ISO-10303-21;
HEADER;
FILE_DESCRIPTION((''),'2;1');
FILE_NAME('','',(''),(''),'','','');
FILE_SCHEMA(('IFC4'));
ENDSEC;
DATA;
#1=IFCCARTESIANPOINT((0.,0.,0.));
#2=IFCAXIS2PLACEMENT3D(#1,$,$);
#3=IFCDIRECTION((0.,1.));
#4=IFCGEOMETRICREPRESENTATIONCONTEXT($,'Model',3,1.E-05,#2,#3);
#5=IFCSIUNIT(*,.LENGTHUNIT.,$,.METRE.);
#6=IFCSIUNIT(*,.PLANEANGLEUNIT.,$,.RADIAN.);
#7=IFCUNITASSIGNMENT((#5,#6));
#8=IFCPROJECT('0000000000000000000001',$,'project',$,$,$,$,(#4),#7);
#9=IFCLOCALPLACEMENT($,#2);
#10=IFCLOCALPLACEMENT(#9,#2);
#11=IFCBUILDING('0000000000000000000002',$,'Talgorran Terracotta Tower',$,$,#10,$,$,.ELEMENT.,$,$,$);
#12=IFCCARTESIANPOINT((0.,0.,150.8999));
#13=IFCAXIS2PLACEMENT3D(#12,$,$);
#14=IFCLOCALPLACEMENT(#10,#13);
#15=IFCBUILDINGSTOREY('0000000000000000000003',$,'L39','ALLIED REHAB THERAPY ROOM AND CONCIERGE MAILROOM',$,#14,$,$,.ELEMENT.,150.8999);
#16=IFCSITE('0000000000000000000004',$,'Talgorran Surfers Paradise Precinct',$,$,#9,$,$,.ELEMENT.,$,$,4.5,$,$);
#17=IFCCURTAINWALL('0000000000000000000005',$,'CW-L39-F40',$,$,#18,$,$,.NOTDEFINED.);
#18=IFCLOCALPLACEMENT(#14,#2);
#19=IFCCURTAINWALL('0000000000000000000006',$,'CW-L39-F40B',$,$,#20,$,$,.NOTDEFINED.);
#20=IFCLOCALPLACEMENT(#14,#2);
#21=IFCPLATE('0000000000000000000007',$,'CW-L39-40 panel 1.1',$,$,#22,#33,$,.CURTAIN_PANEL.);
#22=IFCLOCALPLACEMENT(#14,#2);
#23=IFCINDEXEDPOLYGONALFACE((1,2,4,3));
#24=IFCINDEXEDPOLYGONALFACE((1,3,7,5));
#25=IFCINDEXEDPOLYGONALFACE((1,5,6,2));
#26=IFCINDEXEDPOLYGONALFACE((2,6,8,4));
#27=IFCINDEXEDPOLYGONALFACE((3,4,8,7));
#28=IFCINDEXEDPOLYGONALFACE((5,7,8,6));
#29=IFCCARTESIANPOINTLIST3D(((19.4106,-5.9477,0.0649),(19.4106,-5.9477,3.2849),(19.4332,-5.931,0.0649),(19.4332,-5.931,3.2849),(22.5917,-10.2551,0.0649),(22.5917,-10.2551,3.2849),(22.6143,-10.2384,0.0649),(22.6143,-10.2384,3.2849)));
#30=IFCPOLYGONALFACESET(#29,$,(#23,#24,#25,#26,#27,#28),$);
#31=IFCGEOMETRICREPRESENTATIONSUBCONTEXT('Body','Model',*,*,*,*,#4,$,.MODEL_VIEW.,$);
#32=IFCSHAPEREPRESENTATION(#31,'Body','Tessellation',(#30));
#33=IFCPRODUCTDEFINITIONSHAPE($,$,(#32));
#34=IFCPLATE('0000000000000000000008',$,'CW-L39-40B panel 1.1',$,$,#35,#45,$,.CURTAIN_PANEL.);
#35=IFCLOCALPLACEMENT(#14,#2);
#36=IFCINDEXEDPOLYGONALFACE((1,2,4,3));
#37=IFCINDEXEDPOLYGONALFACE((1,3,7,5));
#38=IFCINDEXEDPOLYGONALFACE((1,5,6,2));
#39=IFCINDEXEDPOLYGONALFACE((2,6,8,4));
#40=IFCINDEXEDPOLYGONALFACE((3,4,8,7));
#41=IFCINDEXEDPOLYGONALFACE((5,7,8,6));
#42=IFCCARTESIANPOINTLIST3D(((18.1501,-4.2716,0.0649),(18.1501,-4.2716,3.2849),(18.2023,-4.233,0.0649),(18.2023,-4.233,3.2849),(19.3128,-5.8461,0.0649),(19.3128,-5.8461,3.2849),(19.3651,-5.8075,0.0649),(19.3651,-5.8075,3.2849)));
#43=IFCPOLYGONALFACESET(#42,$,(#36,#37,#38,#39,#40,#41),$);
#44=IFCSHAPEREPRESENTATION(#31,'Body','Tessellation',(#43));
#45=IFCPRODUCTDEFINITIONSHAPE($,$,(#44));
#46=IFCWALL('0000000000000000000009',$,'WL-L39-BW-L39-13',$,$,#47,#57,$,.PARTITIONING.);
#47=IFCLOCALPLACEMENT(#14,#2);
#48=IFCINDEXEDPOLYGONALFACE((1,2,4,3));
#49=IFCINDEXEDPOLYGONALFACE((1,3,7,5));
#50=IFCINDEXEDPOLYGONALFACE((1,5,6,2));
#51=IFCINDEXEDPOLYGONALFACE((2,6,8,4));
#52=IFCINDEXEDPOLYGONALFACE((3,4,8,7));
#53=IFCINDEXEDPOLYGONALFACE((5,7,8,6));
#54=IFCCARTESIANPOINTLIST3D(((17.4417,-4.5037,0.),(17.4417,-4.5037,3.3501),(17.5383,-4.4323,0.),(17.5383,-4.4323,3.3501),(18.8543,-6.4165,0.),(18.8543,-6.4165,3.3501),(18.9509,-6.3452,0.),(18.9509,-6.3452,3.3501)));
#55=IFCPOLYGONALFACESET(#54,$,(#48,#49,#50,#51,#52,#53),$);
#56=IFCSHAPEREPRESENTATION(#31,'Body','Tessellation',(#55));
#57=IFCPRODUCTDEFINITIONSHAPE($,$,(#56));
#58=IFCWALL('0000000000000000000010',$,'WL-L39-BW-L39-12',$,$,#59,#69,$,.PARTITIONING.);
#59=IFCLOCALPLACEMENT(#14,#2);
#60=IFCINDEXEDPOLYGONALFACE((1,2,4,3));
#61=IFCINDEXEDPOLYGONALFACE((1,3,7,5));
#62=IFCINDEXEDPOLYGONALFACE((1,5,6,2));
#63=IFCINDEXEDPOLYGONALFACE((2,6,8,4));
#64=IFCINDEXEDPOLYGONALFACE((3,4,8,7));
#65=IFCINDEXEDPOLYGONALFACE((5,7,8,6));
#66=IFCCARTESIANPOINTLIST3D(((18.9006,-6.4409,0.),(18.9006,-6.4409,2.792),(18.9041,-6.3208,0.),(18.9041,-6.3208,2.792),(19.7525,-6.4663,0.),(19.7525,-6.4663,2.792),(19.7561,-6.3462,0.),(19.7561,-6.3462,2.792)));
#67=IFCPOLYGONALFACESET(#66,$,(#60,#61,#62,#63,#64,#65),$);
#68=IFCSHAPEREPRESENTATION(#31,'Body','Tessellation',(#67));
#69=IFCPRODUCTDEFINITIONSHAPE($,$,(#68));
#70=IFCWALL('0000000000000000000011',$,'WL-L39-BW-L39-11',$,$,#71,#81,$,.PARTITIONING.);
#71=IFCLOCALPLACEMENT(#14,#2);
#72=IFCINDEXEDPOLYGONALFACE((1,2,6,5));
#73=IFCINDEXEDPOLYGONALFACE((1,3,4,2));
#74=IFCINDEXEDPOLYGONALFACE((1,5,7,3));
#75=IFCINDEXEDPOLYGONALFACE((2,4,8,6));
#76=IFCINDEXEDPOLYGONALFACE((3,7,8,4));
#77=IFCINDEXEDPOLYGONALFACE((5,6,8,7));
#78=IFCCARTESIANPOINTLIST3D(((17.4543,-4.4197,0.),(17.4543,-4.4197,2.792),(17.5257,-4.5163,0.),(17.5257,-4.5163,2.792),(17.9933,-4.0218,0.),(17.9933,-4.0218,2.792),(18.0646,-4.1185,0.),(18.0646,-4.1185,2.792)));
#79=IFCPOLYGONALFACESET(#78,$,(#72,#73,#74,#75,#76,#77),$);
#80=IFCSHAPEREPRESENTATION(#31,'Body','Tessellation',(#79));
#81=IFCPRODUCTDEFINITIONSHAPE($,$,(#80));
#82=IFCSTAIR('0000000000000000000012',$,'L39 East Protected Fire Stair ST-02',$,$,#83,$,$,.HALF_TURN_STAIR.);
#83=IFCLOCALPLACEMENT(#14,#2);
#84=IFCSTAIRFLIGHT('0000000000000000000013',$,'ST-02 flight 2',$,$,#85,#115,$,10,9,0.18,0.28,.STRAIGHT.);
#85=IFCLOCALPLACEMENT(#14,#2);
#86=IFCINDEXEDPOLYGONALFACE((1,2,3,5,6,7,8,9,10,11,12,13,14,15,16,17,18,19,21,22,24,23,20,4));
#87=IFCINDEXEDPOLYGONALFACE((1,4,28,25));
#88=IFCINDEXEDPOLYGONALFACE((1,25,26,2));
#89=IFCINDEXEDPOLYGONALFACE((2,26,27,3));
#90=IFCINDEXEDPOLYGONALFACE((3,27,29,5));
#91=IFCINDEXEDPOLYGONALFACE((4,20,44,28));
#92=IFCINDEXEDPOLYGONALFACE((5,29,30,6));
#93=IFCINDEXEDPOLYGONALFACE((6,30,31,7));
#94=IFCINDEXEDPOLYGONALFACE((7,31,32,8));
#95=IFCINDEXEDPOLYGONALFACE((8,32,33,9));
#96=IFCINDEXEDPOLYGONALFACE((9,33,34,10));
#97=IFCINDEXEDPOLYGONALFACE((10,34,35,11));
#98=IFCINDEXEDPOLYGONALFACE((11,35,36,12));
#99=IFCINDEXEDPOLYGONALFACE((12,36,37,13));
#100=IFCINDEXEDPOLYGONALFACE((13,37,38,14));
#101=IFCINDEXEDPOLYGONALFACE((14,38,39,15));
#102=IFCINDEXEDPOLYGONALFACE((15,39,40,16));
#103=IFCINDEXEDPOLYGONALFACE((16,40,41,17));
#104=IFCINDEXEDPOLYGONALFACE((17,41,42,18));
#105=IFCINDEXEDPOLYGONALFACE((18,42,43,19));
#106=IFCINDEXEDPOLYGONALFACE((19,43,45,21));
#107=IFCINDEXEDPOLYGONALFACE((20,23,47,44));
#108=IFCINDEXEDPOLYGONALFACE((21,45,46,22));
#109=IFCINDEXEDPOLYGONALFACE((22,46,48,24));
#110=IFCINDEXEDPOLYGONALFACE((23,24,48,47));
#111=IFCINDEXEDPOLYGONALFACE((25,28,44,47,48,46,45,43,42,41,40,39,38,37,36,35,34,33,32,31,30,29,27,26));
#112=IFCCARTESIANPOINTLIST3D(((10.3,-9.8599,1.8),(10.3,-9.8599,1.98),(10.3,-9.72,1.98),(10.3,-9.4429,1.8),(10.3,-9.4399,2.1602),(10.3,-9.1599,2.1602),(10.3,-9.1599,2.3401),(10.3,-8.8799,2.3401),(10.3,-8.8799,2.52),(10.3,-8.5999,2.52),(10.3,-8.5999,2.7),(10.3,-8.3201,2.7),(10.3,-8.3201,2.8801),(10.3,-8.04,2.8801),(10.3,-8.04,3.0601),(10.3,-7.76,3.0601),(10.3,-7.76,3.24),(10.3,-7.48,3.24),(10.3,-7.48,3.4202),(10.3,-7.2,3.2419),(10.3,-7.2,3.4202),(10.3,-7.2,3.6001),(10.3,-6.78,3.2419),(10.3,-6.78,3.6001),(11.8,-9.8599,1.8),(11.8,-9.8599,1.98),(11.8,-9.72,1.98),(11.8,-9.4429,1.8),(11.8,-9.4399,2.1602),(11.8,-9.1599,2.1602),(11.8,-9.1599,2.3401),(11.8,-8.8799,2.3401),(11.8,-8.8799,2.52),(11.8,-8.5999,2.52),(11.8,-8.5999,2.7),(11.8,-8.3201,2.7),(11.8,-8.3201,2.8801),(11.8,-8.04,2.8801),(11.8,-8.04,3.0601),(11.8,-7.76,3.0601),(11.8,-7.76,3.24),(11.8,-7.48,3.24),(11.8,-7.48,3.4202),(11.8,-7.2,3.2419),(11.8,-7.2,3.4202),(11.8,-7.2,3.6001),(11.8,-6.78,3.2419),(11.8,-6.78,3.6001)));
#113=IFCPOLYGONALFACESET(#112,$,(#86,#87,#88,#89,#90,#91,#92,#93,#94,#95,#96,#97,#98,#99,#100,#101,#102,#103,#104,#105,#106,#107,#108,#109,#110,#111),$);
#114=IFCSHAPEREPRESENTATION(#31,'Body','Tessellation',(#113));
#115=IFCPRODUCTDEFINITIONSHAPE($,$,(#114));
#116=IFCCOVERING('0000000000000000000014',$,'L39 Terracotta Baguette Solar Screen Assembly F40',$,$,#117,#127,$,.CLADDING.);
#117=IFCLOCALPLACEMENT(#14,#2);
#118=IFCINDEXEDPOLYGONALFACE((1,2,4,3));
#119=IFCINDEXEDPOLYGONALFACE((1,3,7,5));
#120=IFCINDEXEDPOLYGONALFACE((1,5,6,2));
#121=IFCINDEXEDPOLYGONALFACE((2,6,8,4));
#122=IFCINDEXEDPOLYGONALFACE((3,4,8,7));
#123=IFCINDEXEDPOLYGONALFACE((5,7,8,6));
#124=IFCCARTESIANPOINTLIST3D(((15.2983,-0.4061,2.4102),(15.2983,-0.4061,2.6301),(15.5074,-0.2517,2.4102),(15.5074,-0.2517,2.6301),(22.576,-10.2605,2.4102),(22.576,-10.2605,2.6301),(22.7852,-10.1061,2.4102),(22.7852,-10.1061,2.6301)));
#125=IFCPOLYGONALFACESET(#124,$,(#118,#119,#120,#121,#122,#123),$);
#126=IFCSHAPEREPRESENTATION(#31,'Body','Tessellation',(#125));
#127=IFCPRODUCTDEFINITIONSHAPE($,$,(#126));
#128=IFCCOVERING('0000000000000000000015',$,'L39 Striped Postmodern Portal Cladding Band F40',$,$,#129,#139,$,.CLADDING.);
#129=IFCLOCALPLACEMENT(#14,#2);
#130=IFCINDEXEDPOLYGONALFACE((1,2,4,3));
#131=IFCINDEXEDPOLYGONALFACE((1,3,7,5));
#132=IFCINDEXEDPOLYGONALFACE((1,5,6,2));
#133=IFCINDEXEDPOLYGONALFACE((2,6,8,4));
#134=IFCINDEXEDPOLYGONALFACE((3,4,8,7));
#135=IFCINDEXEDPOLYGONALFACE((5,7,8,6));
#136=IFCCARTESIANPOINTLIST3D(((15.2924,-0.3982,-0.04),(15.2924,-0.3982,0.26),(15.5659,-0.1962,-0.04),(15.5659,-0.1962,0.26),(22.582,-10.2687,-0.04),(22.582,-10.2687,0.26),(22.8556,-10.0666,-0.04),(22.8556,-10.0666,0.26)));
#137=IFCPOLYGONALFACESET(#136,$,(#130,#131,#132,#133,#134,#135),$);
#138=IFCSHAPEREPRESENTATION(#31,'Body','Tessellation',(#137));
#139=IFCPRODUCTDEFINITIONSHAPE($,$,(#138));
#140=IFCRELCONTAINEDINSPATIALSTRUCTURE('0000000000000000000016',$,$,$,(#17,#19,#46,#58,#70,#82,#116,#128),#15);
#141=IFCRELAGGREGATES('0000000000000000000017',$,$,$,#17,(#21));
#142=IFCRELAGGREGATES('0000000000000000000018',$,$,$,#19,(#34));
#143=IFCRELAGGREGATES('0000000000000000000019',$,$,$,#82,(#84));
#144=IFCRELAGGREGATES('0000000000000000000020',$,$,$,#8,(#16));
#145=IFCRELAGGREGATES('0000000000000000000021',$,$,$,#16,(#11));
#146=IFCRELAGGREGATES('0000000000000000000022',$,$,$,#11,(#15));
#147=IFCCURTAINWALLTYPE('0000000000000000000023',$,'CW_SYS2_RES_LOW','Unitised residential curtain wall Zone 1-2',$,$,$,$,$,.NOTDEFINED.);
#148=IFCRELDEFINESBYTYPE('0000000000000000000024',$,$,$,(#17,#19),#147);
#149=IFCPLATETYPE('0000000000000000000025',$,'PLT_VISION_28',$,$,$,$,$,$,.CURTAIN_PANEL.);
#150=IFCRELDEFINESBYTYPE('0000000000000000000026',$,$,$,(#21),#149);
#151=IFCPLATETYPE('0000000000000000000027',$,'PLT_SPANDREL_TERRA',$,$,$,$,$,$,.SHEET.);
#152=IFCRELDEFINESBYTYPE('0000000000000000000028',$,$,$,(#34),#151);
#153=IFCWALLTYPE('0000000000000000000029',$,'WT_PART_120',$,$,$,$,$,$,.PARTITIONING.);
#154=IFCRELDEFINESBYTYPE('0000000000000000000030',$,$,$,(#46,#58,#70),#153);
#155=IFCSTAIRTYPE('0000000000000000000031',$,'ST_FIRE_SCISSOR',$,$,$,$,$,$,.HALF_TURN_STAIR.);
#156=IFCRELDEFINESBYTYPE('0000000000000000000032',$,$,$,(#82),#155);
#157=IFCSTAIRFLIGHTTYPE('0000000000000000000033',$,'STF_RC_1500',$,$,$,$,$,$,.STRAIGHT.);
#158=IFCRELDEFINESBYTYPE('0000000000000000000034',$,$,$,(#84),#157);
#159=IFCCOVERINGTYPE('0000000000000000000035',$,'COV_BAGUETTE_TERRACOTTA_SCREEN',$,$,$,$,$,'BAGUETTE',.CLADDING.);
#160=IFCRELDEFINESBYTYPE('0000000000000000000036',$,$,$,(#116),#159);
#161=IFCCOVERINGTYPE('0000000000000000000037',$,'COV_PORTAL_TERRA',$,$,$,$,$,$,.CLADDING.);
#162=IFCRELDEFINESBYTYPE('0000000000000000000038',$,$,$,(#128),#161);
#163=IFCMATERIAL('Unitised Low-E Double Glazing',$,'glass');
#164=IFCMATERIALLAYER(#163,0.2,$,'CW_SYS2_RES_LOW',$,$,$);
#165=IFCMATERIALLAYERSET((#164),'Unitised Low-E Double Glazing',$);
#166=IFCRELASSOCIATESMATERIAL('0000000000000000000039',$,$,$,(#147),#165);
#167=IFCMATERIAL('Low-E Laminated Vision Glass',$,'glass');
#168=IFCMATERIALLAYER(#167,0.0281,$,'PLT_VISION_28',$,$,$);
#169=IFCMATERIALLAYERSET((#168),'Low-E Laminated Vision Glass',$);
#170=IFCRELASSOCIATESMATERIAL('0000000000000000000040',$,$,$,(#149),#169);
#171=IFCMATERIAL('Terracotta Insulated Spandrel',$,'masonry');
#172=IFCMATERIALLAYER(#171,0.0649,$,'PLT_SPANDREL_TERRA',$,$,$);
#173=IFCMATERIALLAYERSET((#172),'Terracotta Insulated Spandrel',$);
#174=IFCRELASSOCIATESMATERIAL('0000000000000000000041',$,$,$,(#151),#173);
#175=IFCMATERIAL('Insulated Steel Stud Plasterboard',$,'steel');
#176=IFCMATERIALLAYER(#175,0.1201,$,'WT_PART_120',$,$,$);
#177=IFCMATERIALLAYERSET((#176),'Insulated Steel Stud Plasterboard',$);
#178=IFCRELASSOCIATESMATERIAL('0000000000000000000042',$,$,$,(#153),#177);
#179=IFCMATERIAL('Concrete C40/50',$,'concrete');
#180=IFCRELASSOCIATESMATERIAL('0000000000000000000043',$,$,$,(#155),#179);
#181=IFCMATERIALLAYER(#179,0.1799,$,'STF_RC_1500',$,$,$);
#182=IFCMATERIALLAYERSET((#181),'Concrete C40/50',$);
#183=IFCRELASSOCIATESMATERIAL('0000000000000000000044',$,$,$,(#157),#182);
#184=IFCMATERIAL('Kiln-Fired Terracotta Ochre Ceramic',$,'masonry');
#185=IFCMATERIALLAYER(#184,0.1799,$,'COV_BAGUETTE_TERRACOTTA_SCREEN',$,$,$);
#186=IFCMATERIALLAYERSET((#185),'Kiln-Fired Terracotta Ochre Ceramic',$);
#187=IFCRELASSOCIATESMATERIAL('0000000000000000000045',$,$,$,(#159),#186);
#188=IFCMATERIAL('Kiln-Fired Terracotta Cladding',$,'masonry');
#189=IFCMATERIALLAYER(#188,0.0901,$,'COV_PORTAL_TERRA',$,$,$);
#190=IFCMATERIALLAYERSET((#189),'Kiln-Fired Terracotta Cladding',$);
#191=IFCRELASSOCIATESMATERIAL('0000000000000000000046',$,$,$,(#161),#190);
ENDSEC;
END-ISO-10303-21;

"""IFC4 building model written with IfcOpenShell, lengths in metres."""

from ifc_helpers import new_model, si_unit, direction, frame, frame_2d, origin, origin_2d, place, context, subcontext, project, spatial, polyline, rectangle, outline, extrude, source, transform, mapped, material, layer, layer_set, type_object, type_shapes, element, aggregate, save


model = new_model("IFC4")

# Units and contexts
model_context = context("Model", 3, precision=1e-05, world=origin(), true_north=direction((0.0, 1.0)))
body_context = subcontext(model_context, "Body", "Model", "MODEL_VIEW")
ifc_project = project(units=[si_unit("LENGTHUNIT", "METRE"), si_unit("PLANEANGLEUNIT", "RADIAN")], contexts=[model_context])

# Site, building, storey
site_placement = place(None, origin())
site = spatial("IfcSite", under=ifc_project, at=site_placement, Name="Talgorran Surfers Paradise Precinct", CompositionType="ELEMENT", RefElevation=4.5)
building_placement = place(site_placement, origin())
building = spatial("IfcBuilding", under=site, at=building_placement, Name="Talgorran Terracotta Tower", CompositionType="ELEMENT")
storey_placement = place(building_placement, frame((0.0, 0.0, 150.8999)))
storey = spatial("IfcBuildingStorey", under=building, at=storey_placement, Name="L39", Description="ALLIED REHAB THERAPY ROOM AND CONCIERGE MAILROOM", CompositionType="ELEMENT", Elevation=150.8999)

# Curtain walls
ifc_material_1 = material(Name="Unitised Low-E Double Glazing", Category="glass")
ifc_layer_1 = layer(ifc_material_1, 0.2, Name="CW_SYS2_RES_LOW")
ifc_layer_set_1 = layer_set([ifc_layer_1], Name="Unitised Low-E Double Glazing")
curtain_wall_type = type_object("IfcCurtainWallType", Name="CW_SYS2_RES_LOW", Description="Unitised residential curtain wall Zone 1-2", PredefinedType="NOTDEFINED", material=ifc_layer_set_1)
curtain_wall_1_placement = place(storey_placement, origin())
curtain_wall_1 = element("IfcCurtainWall", 1, at=curtain_wall_1_placement, inside=storey, type_object=curtain_wall_type, Name="CW-L39-F40", PredefinedType="NOTDEFINED")
curtain_wall_2_placement = place(storey_placement, origin())
curtain_wall_2 = element("IfcCurtainWall", 2, at=curtain_wall_2_placement, inside=storey, type_object=curtain_wall_type, Name="CW-L39-F40B", PredefinedType="NOTDEFINED")

# Plates
ifc_material_2 = material(Name="Low-E Laminated Vision Glass", Category="glass")
ifc_layer_2 = layer(ifc_material_2, 0.0281, Name="PLT_VISION_28")
ifc_layer_set_2 = layer_set([ifc_layer_2], Name="Low-E Laminated Vision Glass")
plate_type_1 = type_object("IfcPlateType", Name="PLT_VISION_28", PredefinedType="CURTAIN_PANEL", material=ifc_layer_set_2)
shared_shape_1 = source(origin(), body_context, "Body", "SweptSolid", [
    extrude(rectangle(XDim=5.3547, YDim=0.0281, at=origin_2d()), origin(), (0.0, 0.0, 1.0), 3.22),
])
type_shapes(plate_type_1, [shared_shape_1])
plate_1_placement = place(storey_placement, frame((21.0125, -8.093, 0.0649), z_axis=(0.0, 0.0, 1.0), x_axis=(-0.594076, 0.804409, 0.0)))
plate_1 = element("IfcPlate", 3, at=plate_1_placement, type_object=plate_type_1, Name="CW-L39-40 panel 1.1", PredefinedType="CURTAIN_PANEL", context=body_context, shape_type="MappedRepresentation", body=[
    mapped(shared_shape_1, transform((0.0, 0.0, 0.0), scale=1.0)),
])
aggregate(curtain_wall_1, [plate_1])
ifc_material_3 = material(Name="Terracotta Insulated Spandrel", Category="masonry")
ifc_layer_3 = layer(ifc_material_3, 0.0649, Name="PLT_SPANDREL_TERRA")
ifc_layer_set_3 = layer_set([ifc_layer_3], Name="Terracotta Insulated Spandrel")
plate_type_2 = type_object("IfcPlateType", Name="PLT_SPANDREL_TERRA", PredefinedType="SHEET", material=ifc_layer_set_3)
shared_shape_2 = source(origin(), body_context, "Body", "SweptSolid", [
    extrude(rectangle(XDim=1.9573, YDim=0.0649, at=origin_2d()), origin(), (0.0, 0.0, 1.0), 3.22),
])
type_shapes(plate_type_2, [shared_shape_2])
plate_2_placement = place(storey_placement, frame((18.7576, -5.0396, 0.0649), z_axis=(0.0, 0.0, 1.0), x_axis=(-0.594089, 0.804399, 0.0)))
plate_2 = element("IfcPlate", 4, at=plate_2_placement, type_object=plate_type_2, Name="CW-L39-40B panel 1.1", PredefinedType="CURTAIN_PANEL", context=body_context, shape_type="MappedRepresentation", body=[
    mapped(shared_shape_2, transform((0.0, 0.0, 0.0), scale=1.0)),
])
aggregate(curtain_wall_2, [plate_2])

# Walls
ifc_material_4 = material(Name="Insulated Steel Stud Plasterboard", Category="steel")
ifc_layer_4 = layer(ifc_material_4, 0.1201, Name="WT_PART_120")
ifc_layer_set_4 = layer_set([ifc_layer_4], Name="Insulated Steel Stud Plasterboard")
wall_type = type_object("IfcWallType", Name="WT_PART_120", PredefinedType="PARTITIONING", material=ifc_layer_set_4)
wall_1_placement = place(storey_placement, frame((18.9026, -6.3809, 0.0), z_axis=(0.0, 0.0, 1.0), x_axis=(-0.594053, 0.804426, 0.0)))
element("IfcWall", 5, at=wall_1_placement, inside=storey, type_object=wall_type, Name="WL-L39-BW-L39-13", PredefinedType="PARTITIONING", context=body_context, shape_type="SweptSolid", body=[
    extrude(rectangle(XDim=2.3779, YDim=0.1201, at=frame_2d((1.189, 0.0))), origin(), (0.0, 0.0, 1.0), 3.3501),
])
wall_2_placement = place(storey_placement, frame((19.7544, -6.4062, 0.0), z_axis=(0.0, 0.0, 1.0), x_axis=(-0.999556, 0.029795, 0.0)))
element("IfcWall", 6, at=wall_2_placement, inside=storey, type_object=wall_type, Name="WL-L39-BW-L39-12", PredefinedType="PARTITIONING", context=body_context, shape_type="SweptSolid", body=[
    extrude(rectangle(XDim=0.8523, YDim=0.1201, at=frame_2d((0.4263, 0.0))), origin(), (0.0, 0.0, 1.0), 2.792),
])
wall_3_placement = place(storey_placement, frame((17.49, -4.468, 0.0), z_axis=(0.0, 0.0, 1.0), x_axis=(0.804524, 0.59392, 0.0)))
element("IfcWall", 7, at=wall_3_placement, inside=storey, type_object=wall_type, Name="WL-L39-BW-L39-11", PredefinedType="PARTITIONING", context=body_context, shape_type="SweptSolid", body=[
    extrude(rectangle(XDim=0.6699, YDim=0.1201, at=frame_2d((0.335, 0.0))), origin(), (0.0, 0.0, 1.0), 2.792),
])

# Stair, stair flight
ifc_material_5 = material(Name="Concrete C40/50", Category="concrete")
stair_type = type_object("IfcStairType", Name="ST_FIRE_SCISSOR", PredefinedType="HALF_TURN_STAIR", material=ifc_material_5)
stair_placement = place(storey_placement, origin())
stair = element("IfcStair", 8, at=stair_placement, inside=storey, type_object=stair_type, Name="L39 East Protected Fire Stair ST-02", PredefinedType="HALF_TURN_STAIR")
ifc_layer_5 = layer(ifc_material_5, 0.1799, Name="STF_RC_1500")
ifc_layer_set_5 = layer_set([ifc_layer_5], Name="Concrete C40/50")
stair_flight_type = type_object("IfcStairFlightType", Name="STF_RC_1500", PredefinedType="STRAIGHT", material=ifc_layer_set_5)
stair_flight_placement = place(storey_placement, frame((11.05, -9.72, 1.8), z_axis=(0.0, 0.0, 1.0), x_axis=(0.0, 1.0, 0.0)))
stair_flight = element("IfcStairFlight", 9, at=stair_flight_placement, type_object=stair_flight_type, Name="ST-02 flight 2", NumberOfRisers=10, NumberOfTreads=9, PredefinedType="STRAIGHT", RiserHeight=0.18, TreadLength=0.28, context=body_context, shape_type="SweptSolid", body=[
    extrude(outline(polyline([(-0.1399, 0.0), (-0.1399, 0.1799), (0.0, 0.1799), (0.28, 0.3601), (0.5601, 0.3601), (0.5601, 0.54), (0.8401, 0.54), (0.8401, 0.72), (1.1201, 0.72), (1.1201, 0.8999), (1.3999, 0.8999), (1.3999, 1.0801), (1.6799, 1.0801), (1.6799, 1.26), (1.96, 1.26), (1.96, 1.4399), (2.24, 1.4399), (2.24, 1.6201), (2.52, 1.6201), (2.52, 1.8), (2.9399, 1.8), (2.9399, 1.4419), (2.52, 1.4419), (0.2771, 0.0), (-0.1399, 0.0)])), frame((0.0, 0.75, 0.0), z_axis=(0.0, -1.0, 0.0), x_axis=(1.0, 0.0, 0.0)), (0.0, 0.0, 1.0), 1.5),
])
aggregate(stair, [stair_flight])

# Coverings
ifc_material_6 = material(Name="Kiln-Fired Terracotta Ochre Ceramic", Category="masonry")
ifc_layer_6 = layer(ifc_material_6, 0.1799, Name="COV_BAGUETTE_TERRACOTTA_SCREEN")
ifc_layer_set_6 = layer_set([ifc_layer_6], Name="Kiln-Fired Terracotta Ochre Ceramic")
covering_type_1 = type_object("IfcCoveringType", Name="COV_BAGUETTE_TERRACOTTA_SCREEN", ElementType="BAGUETTE", PredefinedType="CLADDING", material=ifc_layer_set_6)
covering_1_placement = place(storey_placement, frame((19.0417, -5.2561, 2.4102), z_axis=(0.0, 0.0, 1.0), x_axis=(-0.594079, 0.804407, 0.0)))
element("IfcCovering", 10, at=covering_1_placement, inside=storey, type_object=covering_type_1, Name="L39 Terracotta Baguette Solar Screen Assembly F40", PredefinedType="CLADDING", context=body_context, shape_type="SweptSolid", body=[
    extrude(rectangle(XDim=12.2505, YDim=0.26, at=origin_2d()), origin(), (0.0, 0.0, 1.0), 0.22),
])
ifc_material_7 = material(Name="Kiln-Fired Terracotta Cladding", Category="masonry")
ifc_layer_7 = layer(ifc_material_7, 0.0901, Name="COV_PORTAL_TERRA")
ifc_layer_set_7 = layer_set([ifc_layer_7], Name="Kiln-Fired Terracotta Cladding")
covering_type_2 = type_object("IfcCoveringType", Name="COV_PORTAL_TERRA", PredefinedType="CLADDING", material=ifc_layer_set_7)
covering_2_placement = place(storey_placement, frame((19.074, -5.2324, -0.04), z_axis=(0.0, 0.0, 1.0), x_axis=(-0.594079, 0.804407, 0.0)))
element("IfcCovering", 11, at=covering_2_placement, inside=storey, type_object=covering_type_2, Name="L39 Striped Postmodern Portal Cladding Band F40", PredefinedType="CLADDING", context=body_context, shape_type="SweptSolid", body=[
    extrude(rectangle(XDim=12.2705, YDim=0.3401, at=origin_2d()), origin(), (0.0, 0.0, 1.0), 0.3),
])

save(model, "model.ifc")
